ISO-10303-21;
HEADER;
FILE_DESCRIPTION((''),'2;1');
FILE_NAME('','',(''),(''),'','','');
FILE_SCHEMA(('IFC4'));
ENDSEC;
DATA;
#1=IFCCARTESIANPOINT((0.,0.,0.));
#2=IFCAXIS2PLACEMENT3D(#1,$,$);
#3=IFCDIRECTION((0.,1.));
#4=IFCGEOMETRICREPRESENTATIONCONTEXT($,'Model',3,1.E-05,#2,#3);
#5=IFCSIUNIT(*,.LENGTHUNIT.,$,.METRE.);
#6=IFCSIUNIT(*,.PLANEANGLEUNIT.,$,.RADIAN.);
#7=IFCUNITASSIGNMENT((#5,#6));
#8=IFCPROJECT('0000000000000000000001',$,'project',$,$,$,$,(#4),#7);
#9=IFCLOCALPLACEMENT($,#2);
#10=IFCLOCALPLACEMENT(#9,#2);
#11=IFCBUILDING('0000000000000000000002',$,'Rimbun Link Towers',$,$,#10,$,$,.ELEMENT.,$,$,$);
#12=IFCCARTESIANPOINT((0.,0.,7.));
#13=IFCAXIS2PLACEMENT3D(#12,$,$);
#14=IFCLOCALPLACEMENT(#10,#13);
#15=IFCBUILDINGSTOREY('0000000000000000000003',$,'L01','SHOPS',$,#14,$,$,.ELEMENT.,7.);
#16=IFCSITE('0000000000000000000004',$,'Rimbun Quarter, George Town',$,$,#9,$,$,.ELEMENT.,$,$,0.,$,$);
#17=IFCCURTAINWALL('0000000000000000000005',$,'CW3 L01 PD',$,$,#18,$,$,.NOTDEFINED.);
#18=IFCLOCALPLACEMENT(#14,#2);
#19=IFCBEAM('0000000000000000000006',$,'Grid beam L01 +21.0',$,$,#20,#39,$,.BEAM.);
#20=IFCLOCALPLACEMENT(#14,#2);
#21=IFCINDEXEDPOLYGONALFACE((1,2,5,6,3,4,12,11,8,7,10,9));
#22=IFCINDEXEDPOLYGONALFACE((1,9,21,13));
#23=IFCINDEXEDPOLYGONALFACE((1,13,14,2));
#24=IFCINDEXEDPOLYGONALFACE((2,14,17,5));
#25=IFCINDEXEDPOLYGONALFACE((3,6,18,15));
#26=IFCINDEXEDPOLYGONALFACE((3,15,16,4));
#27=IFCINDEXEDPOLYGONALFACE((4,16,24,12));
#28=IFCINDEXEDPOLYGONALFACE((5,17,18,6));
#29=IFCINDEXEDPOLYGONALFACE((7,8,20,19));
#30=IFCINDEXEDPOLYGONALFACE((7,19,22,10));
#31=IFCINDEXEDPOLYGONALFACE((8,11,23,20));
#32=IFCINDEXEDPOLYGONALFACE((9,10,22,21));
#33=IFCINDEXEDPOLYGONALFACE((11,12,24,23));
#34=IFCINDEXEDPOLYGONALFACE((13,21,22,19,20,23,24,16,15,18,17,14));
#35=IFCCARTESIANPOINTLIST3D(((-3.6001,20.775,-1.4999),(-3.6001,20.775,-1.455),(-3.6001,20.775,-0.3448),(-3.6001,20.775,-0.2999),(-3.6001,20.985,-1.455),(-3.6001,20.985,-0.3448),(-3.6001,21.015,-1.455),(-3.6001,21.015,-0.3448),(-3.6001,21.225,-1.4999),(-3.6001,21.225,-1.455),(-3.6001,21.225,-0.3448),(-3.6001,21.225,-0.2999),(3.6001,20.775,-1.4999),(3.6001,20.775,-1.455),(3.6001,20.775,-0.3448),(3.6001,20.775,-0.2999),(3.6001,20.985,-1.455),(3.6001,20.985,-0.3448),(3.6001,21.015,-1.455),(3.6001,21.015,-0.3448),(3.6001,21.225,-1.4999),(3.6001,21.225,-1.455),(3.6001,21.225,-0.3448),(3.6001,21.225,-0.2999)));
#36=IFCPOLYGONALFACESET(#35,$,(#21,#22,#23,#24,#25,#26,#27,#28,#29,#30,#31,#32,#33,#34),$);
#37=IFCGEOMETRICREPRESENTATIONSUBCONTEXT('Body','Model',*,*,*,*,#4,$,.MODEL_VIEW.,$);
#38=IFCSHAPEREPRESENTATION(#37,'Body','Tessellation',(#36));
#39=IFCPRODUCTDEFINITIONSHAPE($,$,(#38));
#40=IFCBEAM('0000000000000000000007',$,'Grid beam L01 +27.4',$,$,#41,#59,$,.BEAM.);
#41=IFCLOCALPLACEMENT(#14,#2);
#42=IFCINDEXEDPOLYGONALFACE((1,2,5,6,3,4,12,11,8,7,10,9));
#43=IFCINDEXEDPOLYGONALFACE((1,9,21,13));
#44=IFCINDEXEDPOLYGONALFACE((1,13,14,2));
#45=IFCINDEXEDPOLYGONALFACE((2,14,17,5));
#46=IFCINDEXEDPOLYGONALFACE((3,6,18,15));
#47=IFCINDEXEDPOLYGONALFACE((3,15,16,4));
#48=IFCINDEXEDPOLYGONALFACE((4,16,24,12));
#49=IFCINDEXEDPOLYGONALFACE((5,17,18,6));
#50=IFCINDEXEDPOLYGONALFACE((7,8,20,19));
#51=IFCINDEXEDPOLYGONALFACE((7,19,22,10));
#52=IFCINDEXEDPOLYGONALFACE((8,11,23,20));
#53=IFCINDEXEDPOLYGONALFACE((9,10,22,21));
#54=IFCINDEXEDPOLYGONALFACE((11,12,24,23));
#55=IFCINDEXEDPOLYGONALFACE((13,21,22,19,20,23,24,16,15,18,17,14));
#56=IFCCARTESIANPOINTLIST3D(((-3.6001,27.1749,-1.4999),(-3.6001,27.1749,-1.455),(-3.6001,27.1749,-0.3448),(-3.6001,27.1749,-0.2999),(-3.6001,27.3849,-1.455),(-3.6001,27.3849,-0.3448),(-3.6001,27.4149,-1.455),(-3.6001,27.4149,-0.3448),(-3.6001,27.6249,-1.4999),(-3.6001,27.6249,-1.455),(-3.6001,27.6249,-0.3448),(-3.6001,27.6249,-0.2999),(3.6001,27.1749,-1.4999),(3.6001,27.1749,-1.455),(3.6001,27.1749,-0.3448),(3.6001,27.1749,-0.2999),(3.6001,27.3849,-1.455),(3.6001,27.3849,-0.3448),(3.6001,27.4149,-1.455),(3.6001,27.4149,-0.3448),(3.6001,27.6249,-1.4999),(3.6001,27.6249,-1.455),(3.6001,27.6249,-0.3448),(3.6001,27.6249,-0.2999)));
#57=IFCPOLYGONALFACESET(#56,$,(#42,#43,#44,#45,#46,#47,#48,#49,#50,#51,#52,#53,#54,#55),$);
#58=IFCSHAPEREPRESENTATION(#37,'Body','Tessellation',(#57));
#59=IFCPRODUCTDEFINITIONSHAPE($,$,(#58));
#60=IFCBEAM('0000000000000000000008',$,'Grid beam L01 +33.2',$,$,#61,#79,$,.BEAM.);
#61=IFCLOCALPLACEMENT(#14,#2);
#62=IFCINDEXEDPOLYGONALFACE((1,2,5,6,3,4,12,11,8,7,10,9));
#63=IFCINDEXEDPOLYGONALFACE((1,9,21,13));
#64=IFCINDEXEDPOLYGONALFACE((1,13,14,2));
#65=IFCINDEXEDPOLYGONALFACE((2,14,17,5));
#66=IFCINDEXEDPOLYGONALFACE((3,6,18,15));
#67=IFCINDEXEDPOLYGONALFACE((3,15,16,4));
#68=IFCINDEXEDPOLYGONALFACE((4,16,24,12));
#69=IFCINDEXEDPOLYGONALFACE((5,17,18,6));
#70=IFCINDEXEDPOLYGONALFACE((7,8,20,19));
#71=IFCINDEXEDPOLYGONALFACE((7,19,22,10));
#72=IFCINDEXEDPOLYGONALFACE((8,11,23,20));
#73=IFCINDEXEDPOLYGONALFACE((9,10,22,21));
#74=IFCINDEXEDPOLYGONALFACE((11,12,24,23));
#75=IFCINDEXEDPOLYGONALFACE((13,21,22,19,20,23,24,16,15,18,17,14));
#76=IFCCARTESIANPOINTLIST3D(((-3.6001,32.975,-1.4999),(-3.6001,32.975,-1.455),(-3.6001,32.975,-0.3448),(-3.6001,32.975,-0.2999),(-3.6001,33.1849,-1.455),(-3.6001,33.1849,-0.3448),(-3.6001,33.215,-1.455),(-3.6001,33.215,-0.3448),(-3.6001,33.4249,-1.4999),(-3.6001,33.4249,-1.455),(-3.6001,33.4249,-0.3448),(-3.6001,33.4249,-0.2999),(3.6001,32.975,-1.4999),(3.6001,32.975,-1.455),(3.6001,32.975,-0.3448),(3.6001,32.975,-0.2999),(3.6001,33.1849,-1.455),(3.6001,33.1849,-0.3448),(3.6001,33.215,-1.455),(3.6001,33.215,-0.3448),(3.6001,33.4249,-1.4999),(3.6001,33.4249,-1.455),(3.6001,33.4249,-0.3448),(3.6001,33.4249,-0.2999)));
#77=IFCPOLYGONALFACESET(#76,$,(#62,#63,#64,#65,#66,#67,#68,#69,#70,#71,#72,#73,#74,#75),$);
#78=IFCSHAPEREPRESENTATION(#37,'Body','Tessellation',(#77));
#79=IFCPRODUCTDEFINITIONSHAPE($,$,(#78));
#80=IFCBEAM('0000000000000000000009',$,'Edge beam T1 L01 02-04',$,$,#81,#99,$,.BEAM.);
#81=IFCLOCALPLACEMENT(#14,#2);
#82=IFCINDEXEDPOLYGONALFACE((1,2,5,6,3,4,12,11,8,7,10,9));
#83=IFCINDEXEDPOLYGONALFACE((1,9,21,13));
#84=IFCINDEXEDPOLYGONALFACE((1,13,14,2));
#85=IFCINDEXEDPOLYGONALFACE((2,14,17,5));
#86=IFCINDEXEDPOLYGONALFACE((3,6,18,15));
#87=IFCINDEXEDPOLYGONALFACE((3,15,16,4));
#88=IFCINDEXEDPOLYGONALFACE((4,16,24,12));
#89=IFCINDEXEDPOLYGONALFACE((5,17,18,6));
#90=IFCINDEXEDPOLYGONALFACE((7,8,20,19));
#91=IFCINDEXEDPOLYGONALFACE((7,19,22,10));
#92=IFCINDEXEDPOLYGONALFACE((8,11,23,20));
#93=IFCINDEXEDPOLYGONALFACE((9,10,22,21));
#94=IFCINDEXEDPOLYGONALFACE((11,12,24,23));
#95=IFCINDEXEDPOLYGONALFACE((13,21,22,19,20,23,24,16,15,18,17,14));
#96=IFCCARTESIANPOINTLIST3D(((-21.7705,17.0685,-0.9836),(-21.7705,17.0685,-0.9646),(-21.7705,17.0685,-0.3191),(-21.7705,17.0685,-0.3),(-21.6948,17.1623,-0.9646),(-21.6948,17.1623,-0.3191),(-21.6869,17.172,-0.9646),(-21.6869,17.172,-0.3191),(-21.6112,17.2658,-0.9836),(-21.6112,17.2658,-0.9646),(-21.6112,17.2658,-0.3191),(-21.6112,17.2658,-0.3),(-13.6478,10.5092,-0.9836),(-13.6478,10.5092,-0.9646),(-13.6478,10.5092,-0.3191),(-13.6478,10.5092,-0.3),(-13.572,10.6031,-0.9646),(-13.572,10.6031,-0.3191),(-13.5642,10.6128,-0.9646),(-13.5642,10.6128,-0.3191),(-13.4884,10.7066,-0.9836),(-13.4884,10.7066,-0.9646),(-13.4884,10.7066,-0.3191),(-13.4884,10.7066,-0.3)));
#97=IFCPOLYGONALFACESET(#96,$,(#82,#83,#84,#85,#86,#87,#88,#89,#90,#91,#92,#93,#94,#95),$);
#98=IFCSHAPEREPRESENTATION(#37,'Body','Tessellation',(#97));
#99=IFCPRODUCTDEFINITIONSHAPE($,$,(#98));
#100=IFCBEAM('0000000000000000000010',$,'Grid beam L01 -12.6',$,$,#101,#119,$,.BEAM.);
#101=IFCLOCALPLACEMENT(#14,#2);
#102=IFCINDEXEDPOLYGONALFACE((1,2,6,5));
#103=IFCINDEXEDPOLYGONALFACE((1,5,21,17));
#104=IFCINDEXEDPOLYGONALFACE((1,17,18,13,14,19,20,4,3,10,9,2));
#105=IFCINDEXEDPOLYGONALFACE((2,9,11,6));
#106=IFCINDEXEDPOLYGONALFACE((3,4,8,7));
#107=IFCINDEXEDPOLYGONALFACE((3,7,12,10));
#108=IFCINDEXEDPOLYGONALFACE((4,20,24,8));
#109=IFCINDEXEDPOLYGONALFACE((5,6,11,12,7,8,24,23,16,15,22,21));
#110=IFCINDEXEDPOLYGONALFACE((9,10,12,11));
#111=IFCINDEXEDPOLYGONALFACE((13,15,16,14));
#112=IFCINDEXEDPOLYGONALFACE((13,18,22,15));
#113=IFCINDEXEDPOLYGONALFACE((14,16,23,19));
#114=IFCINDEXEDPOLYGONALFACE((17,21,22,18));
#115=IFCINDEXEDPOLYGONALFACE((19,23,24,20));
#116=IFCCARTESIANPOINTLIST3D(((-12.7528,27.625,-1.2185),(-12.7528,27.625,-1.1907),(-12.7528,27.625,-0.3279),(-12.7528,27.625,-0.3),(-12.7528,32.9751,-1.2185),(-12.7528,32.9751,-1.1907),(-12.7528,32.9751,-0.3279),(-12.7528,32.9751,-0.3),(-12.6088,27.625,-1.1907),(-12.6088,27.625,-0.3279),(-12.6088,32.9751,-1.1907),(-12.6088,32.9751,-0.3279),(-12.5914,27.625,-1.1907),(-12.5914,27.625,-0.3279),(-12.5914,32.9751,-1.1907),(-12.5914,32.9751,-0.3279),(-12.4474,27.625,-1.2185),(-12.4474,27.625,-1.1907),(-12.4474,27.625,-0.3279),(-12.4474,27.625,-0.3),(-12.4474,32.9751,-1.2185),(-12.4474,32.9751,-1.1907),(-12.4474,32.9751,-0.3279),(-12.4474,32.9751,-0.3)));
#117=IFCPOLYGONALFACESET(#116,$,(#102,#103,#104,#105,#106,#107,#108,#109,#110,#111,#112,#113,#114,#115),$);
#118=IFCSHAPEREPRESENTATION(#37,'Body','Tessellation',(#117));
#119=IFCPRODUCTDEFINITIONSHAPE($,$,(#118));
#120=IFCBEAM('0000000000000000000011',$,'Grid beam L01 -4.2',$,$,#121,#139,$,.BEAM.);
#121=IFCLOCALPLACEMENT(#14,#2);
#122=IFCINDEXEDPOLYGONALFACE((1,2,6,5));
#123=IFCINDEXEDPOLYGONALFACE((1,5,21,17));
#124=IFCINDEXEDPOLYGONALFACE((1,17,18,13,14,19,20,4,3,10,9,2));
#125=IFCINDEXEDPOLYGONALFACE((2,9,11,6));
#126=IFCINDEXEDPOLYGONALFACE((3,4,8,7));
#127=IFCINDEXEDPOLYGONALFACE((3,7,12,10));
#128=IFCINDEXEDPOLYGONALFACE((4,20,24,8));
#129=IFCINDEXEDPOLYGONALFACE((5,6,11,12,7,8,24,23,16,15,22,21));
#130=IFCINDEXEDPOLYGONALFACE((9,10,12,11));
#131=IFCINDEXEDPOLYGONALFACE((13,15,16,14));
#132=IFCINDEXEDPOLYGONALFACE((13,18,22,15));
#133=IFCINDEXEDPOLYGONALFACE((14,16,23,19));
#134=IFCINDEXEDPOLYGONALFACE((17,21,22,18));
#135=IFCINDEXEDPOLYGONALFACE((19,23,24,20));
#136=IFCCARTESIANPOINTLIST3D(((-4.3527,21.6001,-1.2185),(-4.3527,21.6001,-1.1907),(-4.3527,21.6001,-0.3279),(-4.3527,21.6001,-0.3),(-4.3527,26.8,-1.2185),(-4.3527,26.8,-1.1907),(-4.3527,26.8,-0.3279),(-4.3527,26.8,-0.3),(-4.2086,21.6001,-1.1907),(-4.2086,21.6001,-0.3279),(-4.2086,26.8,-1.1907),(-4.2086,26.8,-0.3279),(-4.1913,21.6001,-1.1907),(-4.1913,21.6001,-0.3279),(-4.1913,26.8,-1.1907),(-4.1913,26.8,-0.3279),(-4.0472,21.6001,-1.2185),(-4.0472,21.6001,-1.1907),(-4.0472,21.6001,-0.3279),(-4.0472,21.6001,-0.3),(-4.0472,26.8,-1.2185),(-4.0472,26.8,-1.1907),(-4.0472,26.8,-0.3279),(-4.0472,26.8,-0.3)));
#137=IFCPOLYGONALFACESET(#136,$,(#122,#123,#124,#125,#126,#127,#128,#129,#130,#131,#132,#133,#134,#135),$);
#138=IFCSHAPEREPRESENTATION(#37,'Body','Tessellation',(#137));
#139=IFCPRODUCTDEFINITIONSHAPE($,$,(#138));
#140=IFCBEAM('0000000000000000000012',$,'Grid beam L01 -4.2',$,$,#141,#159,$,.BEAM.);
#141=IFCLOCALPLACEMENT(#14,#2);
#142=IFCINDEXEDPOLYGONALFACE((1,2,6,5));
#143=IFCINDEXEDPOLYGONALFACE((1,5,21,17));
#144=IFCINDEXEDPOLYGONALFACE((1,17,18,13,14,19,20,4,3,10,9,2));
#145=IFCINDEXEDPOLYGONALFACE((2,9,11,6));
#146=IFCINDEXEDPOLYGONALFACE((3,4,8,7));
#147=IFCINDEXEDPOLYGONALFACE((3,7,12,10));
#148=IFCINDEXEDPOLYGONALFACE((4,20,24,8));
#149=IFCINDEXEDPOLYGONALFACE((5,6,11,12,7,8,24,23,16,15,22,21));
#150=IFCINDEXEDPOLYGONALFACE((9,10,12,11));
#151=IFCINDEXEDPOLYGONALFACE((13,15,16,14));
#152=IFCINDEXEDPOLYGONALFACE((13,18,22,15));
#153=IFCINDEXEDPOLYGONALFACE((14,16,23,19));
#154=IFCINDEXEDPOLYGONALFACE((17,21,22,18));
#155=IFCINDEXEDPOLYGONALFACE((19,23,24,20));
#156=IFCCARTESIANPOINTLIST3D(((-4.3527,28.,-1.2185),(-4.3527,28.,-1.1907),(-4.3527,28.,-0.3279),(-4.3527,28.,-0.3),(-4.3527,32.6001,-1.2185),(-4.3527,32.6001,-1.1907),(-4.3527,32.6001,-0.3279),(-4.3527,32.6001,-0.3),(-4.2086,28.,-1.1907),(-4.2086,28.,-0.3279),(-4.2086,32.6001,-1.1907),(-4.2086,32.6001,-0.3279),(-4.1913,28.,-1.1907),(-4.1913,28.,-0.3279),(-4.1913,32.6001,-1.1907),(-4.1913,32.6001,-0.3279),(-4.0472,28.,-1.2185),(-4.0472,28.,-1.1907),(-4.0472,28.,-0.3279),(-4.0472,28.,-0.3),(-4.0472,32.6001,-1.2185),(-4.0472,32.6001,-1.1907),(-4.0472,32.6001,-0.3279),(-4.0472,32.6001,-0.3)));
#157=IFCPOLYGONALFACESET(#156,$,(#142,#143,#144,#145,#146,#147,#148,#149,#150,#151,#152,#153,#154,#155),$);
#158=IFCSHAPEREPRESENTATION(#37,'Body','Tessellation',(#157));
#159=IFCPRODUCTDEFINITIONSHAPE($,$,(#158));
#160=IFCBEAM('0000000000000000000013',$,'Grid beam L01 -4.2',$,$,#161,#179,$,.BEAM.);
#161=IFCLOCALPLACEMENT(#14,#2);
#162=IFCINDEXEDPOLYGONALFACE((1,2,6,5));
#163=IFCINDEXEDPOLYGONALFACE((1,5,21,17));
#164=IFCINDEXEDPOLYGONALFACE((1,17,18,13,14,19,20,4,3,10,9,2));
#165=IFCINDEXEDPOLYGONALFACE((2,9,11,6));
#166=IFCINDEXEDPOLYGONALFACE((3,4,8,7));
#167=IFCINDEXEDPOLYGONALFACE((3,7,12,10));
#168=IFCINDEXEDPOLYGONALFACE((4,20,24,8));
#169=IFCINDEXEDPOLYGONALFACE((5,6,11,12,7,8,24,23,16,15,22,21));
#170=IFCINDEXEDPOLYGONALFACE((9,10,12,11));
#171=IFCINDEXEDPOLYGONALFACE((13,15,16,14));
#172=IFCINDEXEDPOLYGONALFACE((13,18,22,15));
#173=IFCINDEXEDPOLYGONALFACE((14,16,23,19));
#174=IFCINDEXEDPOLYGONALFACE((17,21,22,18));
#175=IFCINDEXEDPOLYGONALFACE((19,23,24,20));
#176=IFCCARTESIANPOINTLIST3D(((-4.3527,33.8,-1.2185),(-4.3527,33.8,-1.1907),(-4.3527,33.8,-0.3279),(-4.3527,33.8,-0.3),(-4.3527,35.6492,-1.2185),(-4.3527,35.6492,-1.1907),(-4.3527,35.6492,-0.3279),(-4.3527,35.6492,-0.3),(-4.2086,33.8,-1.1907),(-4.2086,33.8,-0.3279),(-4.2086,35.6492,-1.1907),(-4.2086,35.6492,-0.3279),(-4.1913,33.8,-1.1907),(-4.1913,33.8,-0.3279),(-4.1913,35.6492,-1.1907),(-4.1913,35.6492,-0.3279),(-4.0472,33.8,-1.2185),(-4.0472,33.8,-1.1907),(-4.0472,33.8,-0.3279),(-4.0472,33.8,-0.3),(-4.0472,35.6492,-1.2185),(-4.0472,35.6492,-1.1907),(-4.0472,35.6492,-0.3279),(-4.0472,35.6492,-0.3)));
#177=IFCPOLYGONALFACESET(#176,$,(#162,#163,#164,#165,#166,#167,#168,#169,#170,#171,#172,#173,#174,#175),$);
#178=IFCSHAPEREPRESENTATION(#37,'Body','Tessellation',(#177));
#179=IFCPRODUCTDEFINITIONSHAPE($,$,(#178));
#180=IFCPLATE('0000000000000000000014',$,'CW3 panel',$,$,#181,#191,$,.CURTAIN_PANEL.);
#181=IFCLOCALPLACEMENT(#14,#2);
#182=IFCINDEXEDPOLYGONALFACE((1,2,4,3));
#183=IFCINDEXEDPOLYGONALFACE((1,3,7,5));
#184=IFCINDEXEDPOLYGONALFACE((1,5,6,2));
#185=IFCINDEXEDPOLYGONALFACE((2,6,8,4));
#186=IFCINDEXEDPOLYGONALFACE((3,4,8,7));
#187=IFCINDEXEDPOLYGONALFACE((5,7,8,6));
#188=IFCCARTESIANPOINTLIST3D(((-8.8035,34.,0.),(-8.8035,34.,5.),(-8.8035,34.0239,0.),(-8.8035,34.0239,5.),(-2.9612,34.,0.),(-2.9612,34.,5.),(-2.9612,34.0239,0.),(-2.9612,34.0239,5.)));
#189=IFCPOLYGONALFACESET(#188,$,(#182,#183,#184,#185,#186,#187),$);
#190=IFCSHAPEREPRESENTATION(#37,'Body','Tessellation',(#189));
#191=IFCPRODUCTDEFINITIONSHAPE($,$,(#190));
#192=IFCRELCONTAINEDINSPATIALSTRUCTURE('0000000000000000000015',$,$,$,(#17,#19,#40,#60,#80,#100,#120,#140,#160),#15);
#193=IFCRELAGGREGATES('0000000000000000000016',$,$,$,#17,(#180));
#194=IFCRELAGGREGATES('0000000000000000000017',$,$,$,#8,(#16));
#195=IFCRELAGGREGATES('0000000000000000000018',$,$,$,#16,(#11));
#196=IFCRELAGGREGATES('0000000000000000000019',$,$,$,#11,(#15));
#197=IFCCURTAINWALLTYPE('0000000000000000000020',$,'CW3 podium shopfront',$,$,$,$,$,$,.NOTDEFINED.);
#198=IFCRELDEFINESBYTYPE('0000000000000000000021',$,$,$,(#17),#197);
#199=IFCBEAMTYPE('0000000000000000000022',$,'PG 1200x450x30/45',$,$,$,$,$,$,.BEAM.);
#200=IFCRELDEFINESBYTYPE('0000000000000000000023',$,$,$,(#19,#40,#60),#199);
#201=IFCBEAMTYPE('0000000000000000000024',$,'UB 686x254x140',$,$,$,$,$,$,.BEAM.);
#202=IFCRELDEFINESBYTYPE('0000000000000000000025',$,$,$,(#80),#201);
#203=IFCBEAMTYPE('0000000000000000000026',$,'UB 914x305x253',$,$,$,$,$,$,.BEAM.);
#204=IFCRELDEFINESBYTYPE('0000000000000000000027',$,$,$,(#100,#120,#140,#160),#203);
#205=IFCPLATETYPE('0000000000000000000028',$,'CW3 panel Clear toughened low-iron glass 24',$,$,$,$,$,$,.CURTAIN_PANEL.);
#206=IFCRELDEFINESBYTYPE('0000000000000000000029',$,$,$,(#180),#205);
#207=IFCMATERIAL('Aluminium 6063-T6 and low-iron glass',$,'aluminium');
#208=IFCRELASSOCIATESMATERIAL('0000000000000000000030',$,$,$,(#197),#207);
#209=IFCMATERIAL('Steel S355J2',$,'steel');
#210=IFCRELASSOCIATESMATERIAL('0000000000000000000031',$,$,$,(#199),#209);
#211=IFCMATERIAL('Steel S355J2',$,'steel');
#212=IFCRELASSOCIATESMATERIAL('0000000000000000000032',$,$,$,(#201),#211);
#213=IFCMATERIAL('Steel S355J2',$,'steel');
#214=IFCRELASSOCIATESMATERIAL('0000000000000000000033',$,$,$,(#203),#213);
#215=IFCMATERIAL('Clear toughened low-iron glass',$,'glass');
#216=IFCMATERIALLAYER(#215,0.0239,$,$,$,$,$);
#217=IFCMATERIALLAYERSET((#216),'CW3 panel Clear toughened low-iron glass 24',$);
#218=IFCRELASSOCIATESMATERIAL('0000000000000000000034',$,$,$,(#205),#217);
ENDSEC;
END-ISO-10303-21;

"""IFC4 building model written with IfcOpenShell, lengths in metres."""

from ifc_helpers import new_model, si_unit, direction, frame, origin, origin_2d, place, context, subcontext, project, spatial, rectangle, i_section, extrude, material, layer, layer_set, material_profile, profile_set, type_object, element, aggregate, save


model = new_model("IFC4")

# Units and contexts
model_context = context("Model", 3, precision=1e-05, world=origin(), true_north=direction((0.0, 1.0)))
body_context = subcontext(model_context, "Body", "Model", "MODEL_VIEW")
ifc_project = project(units=[si_unit("LENGTHUNIT", "METRE"), si_unit("PLANEANGLEUNIT", "RADIAN")], contexts=[model_context])

# Site, building, storey
site_placement = place(None, origin())
site = spatial("IfcSite", under=ifc_project, at=site_placement, Name="Rimbun Quarter, George Town", CompositionType="ELEMENT", RefElevation=0.0)
building_placement = place(site_placement, origin())
building = spatial("IfcBuilding", under=site, at=building_placement, Name="Rimbun Link Towers", CompositionType="ELEMENT")
storey_placement = place(building_placement, frame((0.0, 0.0, 7.0)))
storey = spatial("IfcBuildingStorey", under=building, at=storey_placement, Name="L01", Description="SHOPS", CompositionType="ELEMENT", Elevation=7.0)

# Curtain wall
ifc_material_1 = material(Name="Aluminium 6063-T6 and low-iron glass", Category="aluminium")
curtain_wall_type = type_object("IfcCurtainWallType", Name="CW3 podium shopfront", PredefinedType="NOTDEFINED", material=ifc_material_1)
curtain_wall_placement = place(storey_placement, origin())
curtain_wall = element("IfcCurtainWall", 1, at=curtain_wall_placement, inside=storey, type_object=curtain_wall_type, Name="CW3 L01 PD", PredefinedType="NOTDEFINED")

# Beams
ifc_material_2 = material(Name="Steel S355J2", Category="steel")
ifc_material_profile_1 = material_profile(ifc_material_2, i_section(OverallWidth=0.45, OverallDepth=1.2, WebThickness=0.03, FlangeThickness=0.0449, at=origin_2d()), Name="PG 1200x450x30/45")
ifc_profile_set_1 = profile_set([ifc_material_profile_1], Name="Steel S355J2")
beam_type_1 = type_object("IfcBeamType", Name="PG 1200x450x30/45", PredefinedType="BEAM", material=ifc_profile_set_1)
for number, where, z_axis, x_axis, name in (
    (2, (-3.6001, 21.0, -0.8999), (1.0, 0.0, 0.0), (0.0, 1.0, 0.0), "Grid beam L01 +21.0"),
    (3, (-3.6001, 27.3999, -0.8999), (1.0, 0.0, 0.0), (0.0, 1.0, 0.0), "Grid beam L01 +27.4"),
    (4, (-3.6001, 33.2, -0.8999), (1.0, 0.0, 0.0), (0.0, 1.0, 0.0), "Grid beam L01 +33.2"),
):
    element("IfcBeam", number, at=place(storey_placement, frame(where, z_axis=z_axis, x_axis=x_axis)), inside=storey, type_object=beam_type_1, Name=name, PredefinedType="BEAM", context=body_context, shape_type="SweptSolid", body=[
        extrude(i_section(OverallWidth=0.45, OverallDepth=1.2, WebThickness=0.03, FlangeThickness=0.0449, at=origin_2d()), origin(), (0.0, 0.0, 1.0), 7.2002),
    ])
ifc_material_3 = material(Name="Steel S355J2", Category="steel")
ifc_material_profile_2 = material_profile(ifc_material_3, i_section(OverallWidth=0.2537, OverallDepth=0.6836, WebThickness=0.0125, FlangeThickness=0.019, at=origin_2d()), Name="UB 686x254x140")
ifc_profile_set_2 = profile_set([ifc_material_profile_2], Name="Steel S355J2")
beam_type_2 = type_object("IfcBeamType", Name="UB 686x254x140", PredefinedType="BEAM", material=ifc_profile_set_2)
beam_1_placement = place(storey_placement, frame((-13.5681, 10.6079, -0.6418), z_axis=(-0.778007, 0.628256, 0.0), x_axis=(-0.628256, -0.778007, 0.0)))
element("IfcBeam", 5, at=beam_1_placement, inside=storey, type_object=beam_type_2, Name="Edge beam T1 L01 02-04", PredefinedType="BEAM", context=body_context, shape_type="SweptSolid", body=[
    extrude(i_section(OverallWidth=0.2537, OverallDepth=0.6836, WebThickness=0.0125, FlangeThickness=0.019, at=origin_2d()), origin(), (0.0, 0.0, 1.0), 10.4404),
])
ifc_material_4 = material(Name="Steel S355J2", Category="steel")
ifc_material_profile_3 = material_profile(ifc_material_4, i_section(OverallWidth=0.3054, OverallDepth=0.9185, WebThickness=0.0173, FlangeThickness=0.0278, at=origin_2d()), Name="UB 914x305x253")
ifc_profile_set_3 = profile_set([ifc_material_profile_3], Name="Steel S355J2")
beam_type_3 = type_object("IfcBeamType", Name="UB 914x305x253", PredefinedType="BEAM", material=ifc_profile_set_3)
beam_2_placement = place(storey_placement, frame((-12.6001, 27.625, -0.7593), z_axis=(0.0, 1.0, 0.0), x_axis=(-1.0, 0.0, 0.0)))
element("IfcBeam", 6, at=beam_2_placement, inside=storey, type_object=beam_type_3, Name="Grid beam L01 -12.6", PredefinedType="BEAM", context=body_context, shape_type="SweptSolid", body=[
    extrude(i_section(OverallWidth=0.3054, OverallDepth=0.9185, WebThickness=0.0173, FlangeThickness=0.0278, at=origin_2d()), origin(), (0.0, 0.0, 1.0), 5.3501),
])
beam_3_placement = place(storey_placement, frame((-4.2, 21.6001, -0.7593), z_axis=(0.0, 1.0, 0.0), x_axis=(-1.0, 0.0, 0.0)))
element("IfcBeam", 7, at=beam_3_placement, inside=storey, type_object=beam_type_3, Name="Grid beam L01 -4.2", PredefinedType="BEAM", context=body_context, shape_type="SweptSolid", body=[
    extrude(i_section(OverallWidth=0.3054, OverallDepth=0.9185, WebThickness=0.0173, FlangeThickness=0.0278, at=origin_2d()), origin(), (0.0, 0.0, 1.0), 5.2),
])
beam_4_placement = place(storey_placement, frame((-4.2, 28.0, -0.7593), z_axis=(0.0, 1.0, 0.0), x_axis=(-1.0, 0.0, 0.0)))
element("IfcBeam", 8, at=beam_4_placement, inside=storey, type_object=beam_type_3, Name="Grid beam L01 -4.2", PredefinedType="BEAM", context=body_context, shape_type="SweptSolid", body=[
    extrude(i_section(OverallWidth=0.3054, OverallDepth=0.9185, WebThickness=0.0173, FlangeThickness=0.0278, at=origin_2d()), origin(), (0.0, 0.0, 1.0), 4.6001),
])
beam_5_placement = place(storey_placement, frame((-4.2, 33.8, -0.7593), z_axis=(0.0, 1.0, 0.0), x_axis=(-1.0, 0.0, 0.0)))
element("IfcBeam", 9, at=beam_5_placement, inside=storey, type_object=beam_type_3, Name="Grid beam L01 -4.2", PredefinedType="BEAM", context=body_context, shape_type="SweptSolid", body=[
    extrude(i_section(OverallWidth=0.3054, OverallDepth=0.9185, WebThickness=0.0173, FlangeThickness=0.0278, at=origin_2d()), origin(), (0.0, 0.0, 1.0), 1.8491),
])

# Plate
ifc_material_5 = material(Name="Clear toughened low-iron glass", Category="glass")
ifc_layer_1 = layer(ifc_material_5, 0.0239)
ifc_layer_set_1 = layer_set([ifc_layer_1], Name="CW3 panel Clear toughened low-iron glass 24")
plate_type = type_object("IfcPlateType", Name="CW3 panel Clear toughened low-iron glass 24", PredefinedType="CURTAIN_PANEL", material=ifc_layer_set_1)
plate_1_placement = place(storey_placement, frame((-5.8823, 34.012, 0.0), z_axis=(0.0, 0.0, 1.0), x_axis=(1.0, 0.0, 0.0)))
plate_1 = element("IfcPlate", 10, at=plate_1_placement, type_object=plate_type, Name="CW3 panel", PredefinedType="CURTAIN_PANEL", context=body_context, shape_type="SweptSolid", body=[
    extrude(rectangle(XDim=5.8423, YDim=0.0239, at=origin_2d()), origin(), (0.0, 0.0, 1.0), 5.0),
])
aggregate(curtain_wall, [plate_1])

save(model, "model.ifc")
